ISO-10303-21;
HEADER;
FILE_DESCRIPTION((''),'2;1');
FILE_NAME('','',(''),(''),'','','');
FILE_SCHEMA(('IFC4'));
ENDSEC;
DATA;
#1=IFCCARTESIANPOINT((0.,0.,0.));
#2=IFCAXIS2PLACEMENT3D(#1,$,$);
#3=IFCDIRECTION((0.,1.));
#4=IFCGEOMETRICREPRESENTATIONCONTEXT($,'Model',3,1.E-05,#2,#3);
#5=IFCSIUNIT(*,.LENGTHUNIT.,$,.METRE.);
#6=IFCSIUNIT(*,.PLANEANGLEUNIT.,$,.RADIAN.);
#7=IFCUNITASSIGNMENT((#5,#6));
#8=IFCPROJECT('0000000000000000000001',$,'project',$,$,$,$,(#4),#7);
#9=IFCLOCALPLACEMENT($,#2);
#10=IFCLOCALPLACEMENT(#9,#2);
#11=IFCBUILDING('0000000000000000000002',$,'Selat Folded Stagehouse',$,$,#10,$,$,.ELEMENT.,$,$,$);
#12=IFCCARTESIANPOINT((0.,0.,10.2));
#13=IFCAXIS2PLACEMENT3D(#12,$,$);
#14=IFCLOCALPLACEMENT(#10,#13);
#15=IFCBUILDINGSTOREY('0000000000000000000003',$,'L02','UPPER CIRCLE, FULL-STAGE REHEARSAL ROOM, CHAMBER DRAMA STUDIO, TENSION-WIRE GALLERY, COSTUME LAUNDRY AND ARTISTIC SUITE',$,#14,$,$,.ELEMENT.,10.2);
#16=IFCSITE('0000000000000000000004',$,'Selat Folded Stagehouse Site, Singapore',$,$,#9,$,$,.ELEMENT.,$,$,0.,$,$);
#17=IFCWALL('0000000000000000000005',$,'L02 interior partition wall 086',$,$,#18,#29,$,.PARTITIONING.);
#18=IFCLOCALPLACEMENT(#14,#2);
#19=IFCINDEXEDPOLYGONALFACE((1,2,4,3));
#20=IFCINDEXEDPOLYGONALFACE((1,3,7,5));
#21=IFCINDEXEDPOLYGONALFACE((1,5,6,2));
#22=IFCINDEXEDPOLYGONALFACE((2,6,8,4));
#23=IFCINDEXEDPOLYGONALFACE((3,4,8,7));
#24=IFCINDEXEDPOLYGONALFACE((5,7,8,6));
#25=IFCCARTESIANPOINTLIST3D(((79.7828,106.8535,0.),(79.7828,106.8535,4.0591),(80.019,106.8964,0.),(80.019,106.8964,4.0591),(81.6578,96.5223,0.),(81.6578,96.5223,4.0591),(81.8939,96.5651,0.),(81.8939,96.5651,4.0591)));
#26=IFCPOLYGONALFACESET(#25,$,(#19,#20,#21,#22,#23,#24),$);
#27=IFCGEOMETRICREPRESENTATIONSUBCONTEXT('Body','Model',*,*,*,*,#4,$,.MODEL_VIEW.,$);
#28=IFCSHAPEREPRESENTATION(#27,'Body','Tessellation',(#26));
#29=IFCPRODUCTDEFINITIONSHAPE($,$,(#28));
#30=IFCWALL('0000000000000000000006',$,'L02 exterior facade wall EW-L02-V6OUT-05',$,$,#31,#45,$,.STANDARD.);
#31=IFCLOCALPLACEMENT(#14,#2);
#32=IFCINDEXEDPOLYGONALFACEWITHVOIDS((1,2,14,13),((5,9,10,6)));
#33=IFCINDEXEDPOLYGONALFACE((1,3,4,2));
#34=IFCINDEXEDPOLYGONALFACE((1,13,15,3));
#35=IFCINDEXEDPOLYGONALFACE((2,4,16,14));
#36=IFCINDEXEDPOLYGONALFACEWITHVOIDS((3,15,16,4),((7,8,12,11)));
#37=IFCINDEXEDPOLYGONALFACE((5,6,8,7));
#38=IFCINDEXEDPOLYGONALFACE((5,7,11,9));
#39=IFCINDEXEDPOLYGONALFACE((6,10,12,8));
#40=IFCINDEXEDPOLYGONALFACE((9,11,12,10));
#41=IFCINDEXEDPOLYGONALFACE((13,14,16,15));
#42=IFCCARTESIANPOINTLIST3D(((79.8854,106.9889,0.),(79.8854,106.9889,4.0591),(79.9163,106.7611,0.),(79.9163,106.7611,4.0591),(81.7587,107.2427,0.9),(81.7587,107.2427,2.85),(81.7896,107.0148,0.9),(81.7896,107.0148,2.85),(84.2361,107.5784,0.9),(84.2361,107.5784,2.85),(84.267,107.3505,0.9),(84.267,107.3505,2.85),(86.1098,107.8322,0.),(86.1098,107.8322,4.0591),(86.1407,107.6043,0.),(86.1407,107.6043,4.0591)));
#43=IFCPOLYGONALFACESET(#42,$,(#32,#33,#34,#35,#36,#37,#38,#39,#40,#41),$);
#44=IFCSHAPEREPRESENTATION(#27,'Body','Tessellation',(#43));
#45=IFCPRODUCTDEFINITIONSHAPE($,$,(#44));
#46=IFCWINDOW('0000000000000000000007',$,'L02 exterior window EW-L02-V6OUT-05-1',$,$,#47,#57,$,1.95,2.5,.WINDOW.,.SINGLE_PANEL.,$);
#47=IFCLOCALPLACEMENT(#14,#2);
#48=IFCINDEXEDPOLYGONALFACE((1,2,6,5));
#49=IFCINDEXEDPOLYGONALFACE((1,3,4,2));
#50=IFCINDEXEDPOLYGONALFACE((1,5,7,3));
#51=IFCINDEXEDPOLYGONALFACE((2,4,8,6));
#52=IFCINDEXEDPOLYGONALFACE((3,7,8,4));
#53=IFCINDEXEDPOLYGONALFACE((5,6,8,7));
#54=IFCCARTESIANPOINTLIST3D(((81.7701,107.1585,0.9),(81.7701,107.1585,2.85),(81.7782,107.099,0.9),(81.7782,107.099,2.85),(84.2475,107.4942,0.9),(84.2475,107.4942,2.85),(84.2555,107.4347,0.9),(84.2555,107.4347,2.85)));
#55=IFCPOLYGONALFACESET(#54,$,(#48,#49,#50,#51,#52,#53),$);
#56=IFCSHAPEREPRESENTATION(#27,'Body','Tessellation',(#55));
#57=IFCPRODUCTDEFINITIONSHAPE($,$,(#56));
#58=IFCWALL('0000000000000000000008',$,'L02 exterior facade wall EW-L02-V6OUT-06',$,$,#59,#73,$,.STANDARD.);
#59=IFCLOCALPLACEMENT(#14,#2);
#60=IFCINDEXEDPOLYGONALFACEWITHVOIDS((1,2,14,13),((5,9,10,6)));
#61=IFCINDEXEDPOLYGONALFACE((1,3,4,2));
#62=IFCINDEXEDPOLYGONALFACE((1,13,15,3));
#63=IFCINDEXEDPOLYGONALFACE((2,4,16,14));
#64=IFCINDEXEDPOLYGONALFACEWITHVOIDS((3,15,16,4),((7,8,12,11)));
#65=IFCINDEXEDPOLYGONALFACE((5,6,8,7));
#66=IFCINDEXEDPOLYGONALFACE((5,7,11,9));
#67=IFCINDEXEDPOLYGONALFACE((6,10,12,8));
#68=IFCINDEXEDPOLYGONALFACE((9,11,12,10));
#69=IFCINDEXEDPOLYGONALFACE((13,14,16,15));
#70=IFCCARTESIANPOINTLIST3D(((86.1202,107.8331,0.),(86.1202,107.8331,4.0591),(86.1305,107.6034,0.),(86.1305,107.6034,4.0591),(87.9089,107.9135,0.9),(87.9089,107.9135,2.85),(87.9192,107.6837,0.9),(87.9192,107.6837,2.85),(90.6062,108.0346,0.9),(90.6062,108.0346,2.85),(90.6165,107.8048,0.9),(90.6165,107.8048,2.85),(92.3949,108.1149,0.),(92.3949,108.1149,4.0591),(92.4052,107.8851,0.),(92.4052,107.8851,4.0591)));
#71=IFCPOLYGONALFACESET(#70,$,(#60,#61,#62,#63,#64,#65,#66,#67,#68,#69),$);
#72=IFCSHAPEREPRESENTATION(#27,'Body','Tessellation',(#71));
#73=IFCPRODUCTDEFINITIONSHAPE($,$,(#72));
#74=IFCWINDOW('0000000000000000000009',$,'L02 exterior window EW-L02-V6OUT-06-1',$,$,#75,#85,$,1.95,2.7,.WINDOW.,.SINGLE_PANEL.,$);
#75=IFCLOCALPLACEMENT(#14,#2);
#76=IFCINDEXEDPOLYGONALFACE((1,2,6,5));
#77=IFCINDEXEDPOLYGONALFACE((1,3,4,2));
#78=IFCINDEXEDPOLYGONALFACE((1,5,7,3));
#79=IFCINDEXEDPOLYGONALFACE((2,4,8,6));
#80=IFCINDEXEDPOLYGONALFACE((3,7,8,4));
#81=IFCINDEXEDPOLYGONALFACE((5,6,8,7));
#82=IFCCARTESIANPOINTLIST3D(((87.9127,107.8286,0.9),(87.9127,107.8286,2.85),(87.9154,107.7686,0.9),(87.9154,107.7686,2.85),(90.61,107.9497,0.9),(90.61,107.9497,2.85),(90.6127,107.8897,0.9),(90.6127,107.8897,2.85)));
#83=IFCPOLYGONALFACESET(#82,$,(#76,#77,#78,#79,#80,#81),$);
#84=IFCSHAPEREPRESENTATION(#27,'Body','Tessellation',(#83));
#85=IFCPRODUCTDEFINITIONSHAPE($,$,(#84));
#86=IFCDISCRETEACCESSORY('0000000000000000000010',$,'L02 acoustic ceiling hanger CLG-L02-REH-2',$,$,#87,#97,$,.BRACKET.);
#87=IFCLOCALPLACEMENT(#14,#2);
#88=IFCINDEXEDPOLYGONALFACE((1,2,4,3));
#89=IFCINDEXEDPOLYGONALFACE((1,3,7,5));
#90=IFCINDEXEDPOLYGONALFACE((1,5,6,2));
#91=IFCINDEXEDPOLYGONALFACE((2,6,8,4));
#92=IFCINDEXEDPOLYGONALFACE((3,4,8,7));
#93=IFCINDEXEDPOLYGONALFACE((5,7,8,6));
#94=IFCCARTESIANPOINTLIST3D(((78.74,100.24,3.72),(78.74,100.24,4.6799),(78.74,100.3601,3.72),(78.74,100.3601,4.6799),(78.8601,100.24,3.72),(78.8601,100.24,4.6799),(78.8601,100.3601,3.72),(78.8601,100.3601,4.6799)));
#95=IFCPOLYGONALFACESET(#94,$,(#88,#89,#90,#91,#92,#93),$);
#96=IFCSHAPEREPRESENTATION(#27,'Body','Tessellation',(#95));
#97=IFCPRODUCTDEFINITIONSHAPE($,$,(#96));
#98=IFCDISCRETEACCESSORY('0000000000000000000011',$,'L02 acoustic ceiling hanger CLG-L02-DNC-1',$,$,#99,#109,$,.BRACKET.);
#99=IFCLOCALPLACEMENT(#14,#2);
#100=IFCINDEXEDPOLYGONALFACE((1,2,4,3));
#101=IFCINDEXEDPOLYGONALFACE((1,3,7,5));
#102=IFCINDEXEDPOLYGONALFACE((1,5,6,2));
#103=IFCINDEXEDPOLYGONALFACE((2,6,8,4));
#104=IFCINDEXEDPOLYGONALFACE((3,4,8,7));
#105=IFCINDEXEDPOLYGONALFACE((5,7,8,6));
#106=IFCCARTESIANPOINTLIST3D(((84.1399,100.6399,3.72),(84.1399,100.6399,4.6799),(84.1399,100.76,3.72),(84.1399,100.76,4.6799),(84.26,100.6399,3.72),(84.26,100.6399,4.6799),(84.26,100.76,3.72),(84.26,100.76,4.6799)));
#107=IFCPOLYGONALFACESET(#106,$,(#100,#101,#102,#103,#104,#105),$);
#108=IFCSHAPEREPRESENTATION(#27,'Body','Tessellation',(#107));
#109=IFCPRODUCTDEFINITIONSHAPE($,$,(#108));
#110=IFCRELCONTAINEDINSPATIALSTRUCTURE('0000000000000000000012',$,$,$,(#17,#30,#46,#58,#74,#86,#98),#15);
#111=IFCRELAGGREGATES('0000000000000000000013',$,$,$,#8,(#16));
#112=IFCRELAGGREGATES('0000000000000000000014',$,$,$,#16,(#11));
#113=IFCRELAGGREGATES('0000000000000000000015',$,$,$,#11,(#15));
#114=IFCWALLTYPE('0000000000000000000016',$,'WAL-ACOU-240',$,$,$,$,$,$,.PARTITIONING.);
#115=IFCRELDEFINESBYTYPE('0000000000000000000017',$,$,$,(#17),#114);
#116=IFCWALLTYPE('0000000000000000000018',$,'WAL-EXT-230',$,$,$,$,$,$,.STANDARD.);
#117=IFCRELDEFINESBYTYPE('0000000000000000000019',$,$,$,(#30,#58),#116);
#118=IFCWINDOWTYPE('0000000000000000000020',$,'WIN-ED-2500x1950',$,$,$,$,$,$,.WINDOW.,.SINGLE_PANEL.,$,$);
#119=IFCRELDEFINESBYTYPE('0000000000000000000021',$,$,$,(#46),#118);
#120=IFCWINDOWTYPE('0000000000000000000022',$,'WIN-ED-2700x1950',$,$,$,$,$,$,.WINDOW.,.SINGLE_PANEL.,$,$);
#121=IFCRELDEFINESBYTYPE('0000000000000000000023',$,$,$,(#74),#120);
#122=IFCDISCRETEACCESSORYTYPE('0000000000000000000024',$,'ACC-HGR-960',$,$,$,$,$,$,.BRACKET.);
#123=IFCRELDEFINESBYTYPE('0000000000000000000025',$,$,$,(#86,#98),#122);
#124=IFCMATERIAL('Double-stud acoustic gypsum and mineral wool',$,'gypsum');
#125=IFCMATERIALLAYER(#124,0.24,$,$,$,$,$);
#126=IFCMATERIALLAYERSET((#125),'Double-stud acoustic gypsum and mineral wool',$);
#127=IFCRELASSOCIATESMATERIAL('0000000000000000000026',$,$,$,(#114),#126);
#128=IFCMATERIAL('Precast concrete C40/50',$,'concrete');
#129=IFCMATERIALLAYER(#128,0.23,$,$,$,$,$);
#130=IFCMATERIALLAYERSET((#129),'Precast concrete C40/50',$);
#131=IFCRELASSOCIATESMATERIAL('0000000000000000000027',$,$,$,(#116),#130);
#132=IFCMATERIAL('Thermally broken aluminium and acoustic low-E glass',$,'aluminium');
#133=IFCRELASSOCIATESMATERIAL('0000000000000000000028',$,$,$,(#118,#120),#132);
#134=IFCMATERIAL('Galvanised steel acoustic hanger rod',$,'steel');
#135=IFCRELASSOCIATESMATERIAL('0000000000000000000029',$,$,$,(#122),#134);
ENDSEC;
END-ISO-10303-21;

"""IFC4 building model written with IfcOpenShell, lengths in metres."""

from ifc_helpers import new_model, si_unit, direction, frame, frame_2d, origin, origin_2d, place, context, subcontext, project, spatial, rectangle, extrude, material, layer, layer_set, type_object, element, fill, save


model = new_model("IFC4")

# Units and contexts
model_context = context("Model", 3, precision=1e-05, world=origin(), true_north=direction((0.0, 1.0)))
body_context = subcontext(model_context, "Body", "Model", "MODEL_VIEW")
ifc_project = project(units=[si_unit("LENGTHUNIT", "METRE"), si_unit("PLANEANGLEUNIT", "RADIAN")], contexts=[model_context])

# Site, building, storey
site_placement = place(None, origin())
site = spatial("IfcSite", under=ifc_project, at=site_placement, Name="Selat Folded Stagehouse Site, Singapore", CompositionType="ELEMENT", RefElevation=0.0)
building_placement = place(site_placement, origin())
building = spatial("IfcBuilding", under=site, at=building_placement, Name="Selat Folded Stagehouse", CompositionType="ELEMENT")
storey_placement = place(building_placement, frame((0.0, 0.0, 10.2)))
storey = spatial("IfcBuildingStorey", under=building, at=storey_placement, Name="L02", Description="UPPER CIRCLE, FULL-STAGE REHEARSAL ROOM, CHAMBER DRAMA STUDIO, TENSION-WIRE GALLERY, COSTUME LAUNDRY AND ARTISTIC SUITE", CompositionType="ELEMENT", Elevation=10.2)

# Shared definitions
ifc_material_1 = material(Name="Double-stud acoustic gypsum and mineral wool", Category="gypsum")
ifc_layer_1 = layer(ifc_material_1, 0.24)
ifc_layer_set_1 = layer_set([ifc_layer_1], Name="Double-stud acoustic gypsum and mineral wool")
wall_type_1 = type_object("IfcWallType", Name="WAL-ACOU-240", PredefinedType="PARTITIONING", material=ifc_layer_set_1)

# Wall
wall_1_placement = place(storey_placement, frame((81.7759, 96.5437, 0.0), z_axis=(0.0, 0.0, 1.0), x_axis=(-0.17857, 0.983927, 0.0)))
element("IfcWall", 1, at=wall_1_placement, inside=storey, type_object=wall_type_1, Name="L02 interior partition wall 086", PredefinedType="PARTITIONING", context=body_context, shape_type="SweptSolid", body=[
    extrude(rectangle(XDim=10.5, YDim=0.24, at=frame_2d((5.25, 0.0))), origin(), (0.0, 0.0, 1.0), 4.0591),
])

# Walls, openings, windows
ifc_material_2 = material(Name="Precast concrete C40/50", Category="concrete")
ifc_layer_2 = layer(ifc_material_2, 0.23)
ifc_layer_set_2 = layer_set([ifc_layer_2], Name="Precast concrete C40/50")
wall_type_2 = type_object("IfcWallType", Name="WAL-EXT-230", PredefinedType="STANDARD", material=ifc_layer_set_2)
wall_2_placement = place(storey_placement, frame((79.9009, 106.875, 0.0), z_axis=(0.0, 0.0, 1.0), x_axis=(0.990947, 0.134251, 0.0)))
wall_2 = element("IfcWall", 2, at=wall_2_placement, inside=storey, type_object=wall_type_2, Name="L02 exterior facade wall EW-L02-V6OUT-05", PredefinedType="STANDARD", context=body_context, shape_type="SweptSolid", body=[
    extrude(rectangle(XDim=6.2812, YDim=0.23, at=frame_2d((3.1406, 0.0))), origin(), (0.0, 0.0, 1.0), 4.0591),
])
opening_1_placement = place(wall_2_placement, frame((1.8904, 0.0, 0.8999)))
opening_1 = element("IfcOpeningElement", 3, at=opening_1_placement, cuts=wall_2, PredefinedType="OPENING", context=body_context, shape_type="SweptSolid", body=[
    extrude(rectangle(XDim=2.5, YDim=1.95, at=frame_2d((1.25, 0.9751))), frame((0.0, 0.125, 0.0), z_axis=(0.0, -1.0, 0.0), x_axis=(1.0, 0.0, 0.0)), (0.0, 0.0, 1.0), 0.25),
])
ifc_material_3 = material(Name="Thermally broken aluminium and acoustic low-E glass", Category="aluminium")
window_type_1 = type_object("IfcWindowType", Name="WIN-ED-2500x1950", PartitioningType="SINGLE_PANEL", PredefinedType="WINDOW", material=ifc_material_3)
window_1_placement = place(opening_1_placement, origin())
window_1 = element("IfcWindow", 4, at=window_1_placement, inside=storey, type_object=window_type_1, Name="L02 exterior window EW-L02-V6OUT-05-1", OverallHeight=1.95, OverallWidth=2.5, PartitioningType="SINGLE_PANEL", PredefinedType="WINDOW", context=body_context, shape_type="SweptSolid", body=[
    extrude(rectangle(XDim=2.5, YDim=1.95, at=frame_2d((1.25, 0.9751))), frame((0.0, 0.03, 0.0), z_axis=(0.0, -1.0, 0.0), x_axis=(1.0, 0.0, 0.0)), (0.0, 0.0, 1.0), 0.0601),
])
fill(opening_1, window_1)
wall_3_placement = place(storey_placement, frame((86.1252, 107.7183, 0.0), z_axis=(0.0, 0.0, 1.0), x_axis=(0.998993, 0.044856, 0.0)))
wall_3 = element("IfcWall", 5, at=wall_3_placement, inside=storey, type_object=wall_type_2, Name="L02 exterior facade wall EW-L02-V6OUT-06", PredefinedType="STANDARD", context=body_context, shape_type="SweptSolid", body=[
    extrude(rectangle(XDim=6.281, YDim=0.23, at=frame_2d((3.1406, 0.0))), origin(), (0.0, 0.0, 1.0), 4.0591),
])
opening_2_placement = place(wall_3_placement, frame((1.7905, 0.0, 0.8999)))
opening_2 = element("IfcOpeningElement", 6, at=opening_2_placement, cuts=wall_3, PredefinedType="OPENING", context=body_context, shape_type="SweptSolid", body=[
    extrude(rectangle(XDim=2.7, YDim=1.95, at=frame_2d((1.3501, 0.9751))), frame((0.0, 0.125, 0.0), z_axis=(0.0, -1.0, 0.0), x_axis=(1.0, 0.0, 0.0)), (0.0, 0.0, 1.0), 0.25),
])
window_type_2 = type_object("IfcWindowType", Name="WIN-ED-2700x1950", PartitioningType="SINGLE_PANEL", PredefinedType="WINDOW", material=ifc_material_3)
window_2_placement = place(opening_2_placement, origin())
window_2 = element("IfcWindow", 7, at=window_2_placement, inside=storey, type_object=window_type_2, Name="L02 exterior window EW-L02-V6OUT-06-1", OverallHeight=1.95, OverallWidth=2.7, PartitioningType="SINGLE_PANEL", PredefinedType="WINDOW", context=body_context, shape_type="SweptSolid", body=[
    extrude(rectangle(XDim=2.7, YDim=1.95, at=frame_2d((1.3501, 0.9751))), frame((0.0, 0.03, 0.0), z_axis=(0.0, -1.0, 0.0), x_axis=(1.0, 0.0, 0.0)), (0.0, 0.0, 1.0), 0.0601),
])
fill(opening_2, window_2)

# Discrete accessories
ifc_material_4 = material(Name="Galvanised steel acoustic hanger rod", Category="steel")
discrete_accessory_type = type_object("IfcDiscreteAccessoryType", Name="ACC-HGR-960", PredefinedType="BRACKET", material=ifc_material_4)
for number, where, z_axis, x_axis, name in (
    (8, (78.8, 100.3, 3.72), (0.0, 0.0, 1.0), (1.0, 0.0, 0.0), "L02 acoustic ceiling hanger CLG-L02-REH-2"),
    (9, (84.2, 100.7, 3.72), (0.0, 0.0, 1.0), (1.0, 0.0, 0.0), "L02 acoustic ceiling hanger CLG-L02-DNC-1"),
):
    element("IfcDiscreteAccessory", number, at=place(storey_placement, frame(where, z_axis=z_axis, x_axis=x_axis)), inside=storey, type_object=discrete_accessory_type, Name=name, PredefinedType="BRACKET", context=body_context, shape_type="SweptSolid", body=[
        extrude(rectangle(XDim=0.1201, YDim=0.1201, at=origin_2d()), origin(), (0.0, 0.0, 1.0), 0.96),
    ])

save(model, "model.ifc")
